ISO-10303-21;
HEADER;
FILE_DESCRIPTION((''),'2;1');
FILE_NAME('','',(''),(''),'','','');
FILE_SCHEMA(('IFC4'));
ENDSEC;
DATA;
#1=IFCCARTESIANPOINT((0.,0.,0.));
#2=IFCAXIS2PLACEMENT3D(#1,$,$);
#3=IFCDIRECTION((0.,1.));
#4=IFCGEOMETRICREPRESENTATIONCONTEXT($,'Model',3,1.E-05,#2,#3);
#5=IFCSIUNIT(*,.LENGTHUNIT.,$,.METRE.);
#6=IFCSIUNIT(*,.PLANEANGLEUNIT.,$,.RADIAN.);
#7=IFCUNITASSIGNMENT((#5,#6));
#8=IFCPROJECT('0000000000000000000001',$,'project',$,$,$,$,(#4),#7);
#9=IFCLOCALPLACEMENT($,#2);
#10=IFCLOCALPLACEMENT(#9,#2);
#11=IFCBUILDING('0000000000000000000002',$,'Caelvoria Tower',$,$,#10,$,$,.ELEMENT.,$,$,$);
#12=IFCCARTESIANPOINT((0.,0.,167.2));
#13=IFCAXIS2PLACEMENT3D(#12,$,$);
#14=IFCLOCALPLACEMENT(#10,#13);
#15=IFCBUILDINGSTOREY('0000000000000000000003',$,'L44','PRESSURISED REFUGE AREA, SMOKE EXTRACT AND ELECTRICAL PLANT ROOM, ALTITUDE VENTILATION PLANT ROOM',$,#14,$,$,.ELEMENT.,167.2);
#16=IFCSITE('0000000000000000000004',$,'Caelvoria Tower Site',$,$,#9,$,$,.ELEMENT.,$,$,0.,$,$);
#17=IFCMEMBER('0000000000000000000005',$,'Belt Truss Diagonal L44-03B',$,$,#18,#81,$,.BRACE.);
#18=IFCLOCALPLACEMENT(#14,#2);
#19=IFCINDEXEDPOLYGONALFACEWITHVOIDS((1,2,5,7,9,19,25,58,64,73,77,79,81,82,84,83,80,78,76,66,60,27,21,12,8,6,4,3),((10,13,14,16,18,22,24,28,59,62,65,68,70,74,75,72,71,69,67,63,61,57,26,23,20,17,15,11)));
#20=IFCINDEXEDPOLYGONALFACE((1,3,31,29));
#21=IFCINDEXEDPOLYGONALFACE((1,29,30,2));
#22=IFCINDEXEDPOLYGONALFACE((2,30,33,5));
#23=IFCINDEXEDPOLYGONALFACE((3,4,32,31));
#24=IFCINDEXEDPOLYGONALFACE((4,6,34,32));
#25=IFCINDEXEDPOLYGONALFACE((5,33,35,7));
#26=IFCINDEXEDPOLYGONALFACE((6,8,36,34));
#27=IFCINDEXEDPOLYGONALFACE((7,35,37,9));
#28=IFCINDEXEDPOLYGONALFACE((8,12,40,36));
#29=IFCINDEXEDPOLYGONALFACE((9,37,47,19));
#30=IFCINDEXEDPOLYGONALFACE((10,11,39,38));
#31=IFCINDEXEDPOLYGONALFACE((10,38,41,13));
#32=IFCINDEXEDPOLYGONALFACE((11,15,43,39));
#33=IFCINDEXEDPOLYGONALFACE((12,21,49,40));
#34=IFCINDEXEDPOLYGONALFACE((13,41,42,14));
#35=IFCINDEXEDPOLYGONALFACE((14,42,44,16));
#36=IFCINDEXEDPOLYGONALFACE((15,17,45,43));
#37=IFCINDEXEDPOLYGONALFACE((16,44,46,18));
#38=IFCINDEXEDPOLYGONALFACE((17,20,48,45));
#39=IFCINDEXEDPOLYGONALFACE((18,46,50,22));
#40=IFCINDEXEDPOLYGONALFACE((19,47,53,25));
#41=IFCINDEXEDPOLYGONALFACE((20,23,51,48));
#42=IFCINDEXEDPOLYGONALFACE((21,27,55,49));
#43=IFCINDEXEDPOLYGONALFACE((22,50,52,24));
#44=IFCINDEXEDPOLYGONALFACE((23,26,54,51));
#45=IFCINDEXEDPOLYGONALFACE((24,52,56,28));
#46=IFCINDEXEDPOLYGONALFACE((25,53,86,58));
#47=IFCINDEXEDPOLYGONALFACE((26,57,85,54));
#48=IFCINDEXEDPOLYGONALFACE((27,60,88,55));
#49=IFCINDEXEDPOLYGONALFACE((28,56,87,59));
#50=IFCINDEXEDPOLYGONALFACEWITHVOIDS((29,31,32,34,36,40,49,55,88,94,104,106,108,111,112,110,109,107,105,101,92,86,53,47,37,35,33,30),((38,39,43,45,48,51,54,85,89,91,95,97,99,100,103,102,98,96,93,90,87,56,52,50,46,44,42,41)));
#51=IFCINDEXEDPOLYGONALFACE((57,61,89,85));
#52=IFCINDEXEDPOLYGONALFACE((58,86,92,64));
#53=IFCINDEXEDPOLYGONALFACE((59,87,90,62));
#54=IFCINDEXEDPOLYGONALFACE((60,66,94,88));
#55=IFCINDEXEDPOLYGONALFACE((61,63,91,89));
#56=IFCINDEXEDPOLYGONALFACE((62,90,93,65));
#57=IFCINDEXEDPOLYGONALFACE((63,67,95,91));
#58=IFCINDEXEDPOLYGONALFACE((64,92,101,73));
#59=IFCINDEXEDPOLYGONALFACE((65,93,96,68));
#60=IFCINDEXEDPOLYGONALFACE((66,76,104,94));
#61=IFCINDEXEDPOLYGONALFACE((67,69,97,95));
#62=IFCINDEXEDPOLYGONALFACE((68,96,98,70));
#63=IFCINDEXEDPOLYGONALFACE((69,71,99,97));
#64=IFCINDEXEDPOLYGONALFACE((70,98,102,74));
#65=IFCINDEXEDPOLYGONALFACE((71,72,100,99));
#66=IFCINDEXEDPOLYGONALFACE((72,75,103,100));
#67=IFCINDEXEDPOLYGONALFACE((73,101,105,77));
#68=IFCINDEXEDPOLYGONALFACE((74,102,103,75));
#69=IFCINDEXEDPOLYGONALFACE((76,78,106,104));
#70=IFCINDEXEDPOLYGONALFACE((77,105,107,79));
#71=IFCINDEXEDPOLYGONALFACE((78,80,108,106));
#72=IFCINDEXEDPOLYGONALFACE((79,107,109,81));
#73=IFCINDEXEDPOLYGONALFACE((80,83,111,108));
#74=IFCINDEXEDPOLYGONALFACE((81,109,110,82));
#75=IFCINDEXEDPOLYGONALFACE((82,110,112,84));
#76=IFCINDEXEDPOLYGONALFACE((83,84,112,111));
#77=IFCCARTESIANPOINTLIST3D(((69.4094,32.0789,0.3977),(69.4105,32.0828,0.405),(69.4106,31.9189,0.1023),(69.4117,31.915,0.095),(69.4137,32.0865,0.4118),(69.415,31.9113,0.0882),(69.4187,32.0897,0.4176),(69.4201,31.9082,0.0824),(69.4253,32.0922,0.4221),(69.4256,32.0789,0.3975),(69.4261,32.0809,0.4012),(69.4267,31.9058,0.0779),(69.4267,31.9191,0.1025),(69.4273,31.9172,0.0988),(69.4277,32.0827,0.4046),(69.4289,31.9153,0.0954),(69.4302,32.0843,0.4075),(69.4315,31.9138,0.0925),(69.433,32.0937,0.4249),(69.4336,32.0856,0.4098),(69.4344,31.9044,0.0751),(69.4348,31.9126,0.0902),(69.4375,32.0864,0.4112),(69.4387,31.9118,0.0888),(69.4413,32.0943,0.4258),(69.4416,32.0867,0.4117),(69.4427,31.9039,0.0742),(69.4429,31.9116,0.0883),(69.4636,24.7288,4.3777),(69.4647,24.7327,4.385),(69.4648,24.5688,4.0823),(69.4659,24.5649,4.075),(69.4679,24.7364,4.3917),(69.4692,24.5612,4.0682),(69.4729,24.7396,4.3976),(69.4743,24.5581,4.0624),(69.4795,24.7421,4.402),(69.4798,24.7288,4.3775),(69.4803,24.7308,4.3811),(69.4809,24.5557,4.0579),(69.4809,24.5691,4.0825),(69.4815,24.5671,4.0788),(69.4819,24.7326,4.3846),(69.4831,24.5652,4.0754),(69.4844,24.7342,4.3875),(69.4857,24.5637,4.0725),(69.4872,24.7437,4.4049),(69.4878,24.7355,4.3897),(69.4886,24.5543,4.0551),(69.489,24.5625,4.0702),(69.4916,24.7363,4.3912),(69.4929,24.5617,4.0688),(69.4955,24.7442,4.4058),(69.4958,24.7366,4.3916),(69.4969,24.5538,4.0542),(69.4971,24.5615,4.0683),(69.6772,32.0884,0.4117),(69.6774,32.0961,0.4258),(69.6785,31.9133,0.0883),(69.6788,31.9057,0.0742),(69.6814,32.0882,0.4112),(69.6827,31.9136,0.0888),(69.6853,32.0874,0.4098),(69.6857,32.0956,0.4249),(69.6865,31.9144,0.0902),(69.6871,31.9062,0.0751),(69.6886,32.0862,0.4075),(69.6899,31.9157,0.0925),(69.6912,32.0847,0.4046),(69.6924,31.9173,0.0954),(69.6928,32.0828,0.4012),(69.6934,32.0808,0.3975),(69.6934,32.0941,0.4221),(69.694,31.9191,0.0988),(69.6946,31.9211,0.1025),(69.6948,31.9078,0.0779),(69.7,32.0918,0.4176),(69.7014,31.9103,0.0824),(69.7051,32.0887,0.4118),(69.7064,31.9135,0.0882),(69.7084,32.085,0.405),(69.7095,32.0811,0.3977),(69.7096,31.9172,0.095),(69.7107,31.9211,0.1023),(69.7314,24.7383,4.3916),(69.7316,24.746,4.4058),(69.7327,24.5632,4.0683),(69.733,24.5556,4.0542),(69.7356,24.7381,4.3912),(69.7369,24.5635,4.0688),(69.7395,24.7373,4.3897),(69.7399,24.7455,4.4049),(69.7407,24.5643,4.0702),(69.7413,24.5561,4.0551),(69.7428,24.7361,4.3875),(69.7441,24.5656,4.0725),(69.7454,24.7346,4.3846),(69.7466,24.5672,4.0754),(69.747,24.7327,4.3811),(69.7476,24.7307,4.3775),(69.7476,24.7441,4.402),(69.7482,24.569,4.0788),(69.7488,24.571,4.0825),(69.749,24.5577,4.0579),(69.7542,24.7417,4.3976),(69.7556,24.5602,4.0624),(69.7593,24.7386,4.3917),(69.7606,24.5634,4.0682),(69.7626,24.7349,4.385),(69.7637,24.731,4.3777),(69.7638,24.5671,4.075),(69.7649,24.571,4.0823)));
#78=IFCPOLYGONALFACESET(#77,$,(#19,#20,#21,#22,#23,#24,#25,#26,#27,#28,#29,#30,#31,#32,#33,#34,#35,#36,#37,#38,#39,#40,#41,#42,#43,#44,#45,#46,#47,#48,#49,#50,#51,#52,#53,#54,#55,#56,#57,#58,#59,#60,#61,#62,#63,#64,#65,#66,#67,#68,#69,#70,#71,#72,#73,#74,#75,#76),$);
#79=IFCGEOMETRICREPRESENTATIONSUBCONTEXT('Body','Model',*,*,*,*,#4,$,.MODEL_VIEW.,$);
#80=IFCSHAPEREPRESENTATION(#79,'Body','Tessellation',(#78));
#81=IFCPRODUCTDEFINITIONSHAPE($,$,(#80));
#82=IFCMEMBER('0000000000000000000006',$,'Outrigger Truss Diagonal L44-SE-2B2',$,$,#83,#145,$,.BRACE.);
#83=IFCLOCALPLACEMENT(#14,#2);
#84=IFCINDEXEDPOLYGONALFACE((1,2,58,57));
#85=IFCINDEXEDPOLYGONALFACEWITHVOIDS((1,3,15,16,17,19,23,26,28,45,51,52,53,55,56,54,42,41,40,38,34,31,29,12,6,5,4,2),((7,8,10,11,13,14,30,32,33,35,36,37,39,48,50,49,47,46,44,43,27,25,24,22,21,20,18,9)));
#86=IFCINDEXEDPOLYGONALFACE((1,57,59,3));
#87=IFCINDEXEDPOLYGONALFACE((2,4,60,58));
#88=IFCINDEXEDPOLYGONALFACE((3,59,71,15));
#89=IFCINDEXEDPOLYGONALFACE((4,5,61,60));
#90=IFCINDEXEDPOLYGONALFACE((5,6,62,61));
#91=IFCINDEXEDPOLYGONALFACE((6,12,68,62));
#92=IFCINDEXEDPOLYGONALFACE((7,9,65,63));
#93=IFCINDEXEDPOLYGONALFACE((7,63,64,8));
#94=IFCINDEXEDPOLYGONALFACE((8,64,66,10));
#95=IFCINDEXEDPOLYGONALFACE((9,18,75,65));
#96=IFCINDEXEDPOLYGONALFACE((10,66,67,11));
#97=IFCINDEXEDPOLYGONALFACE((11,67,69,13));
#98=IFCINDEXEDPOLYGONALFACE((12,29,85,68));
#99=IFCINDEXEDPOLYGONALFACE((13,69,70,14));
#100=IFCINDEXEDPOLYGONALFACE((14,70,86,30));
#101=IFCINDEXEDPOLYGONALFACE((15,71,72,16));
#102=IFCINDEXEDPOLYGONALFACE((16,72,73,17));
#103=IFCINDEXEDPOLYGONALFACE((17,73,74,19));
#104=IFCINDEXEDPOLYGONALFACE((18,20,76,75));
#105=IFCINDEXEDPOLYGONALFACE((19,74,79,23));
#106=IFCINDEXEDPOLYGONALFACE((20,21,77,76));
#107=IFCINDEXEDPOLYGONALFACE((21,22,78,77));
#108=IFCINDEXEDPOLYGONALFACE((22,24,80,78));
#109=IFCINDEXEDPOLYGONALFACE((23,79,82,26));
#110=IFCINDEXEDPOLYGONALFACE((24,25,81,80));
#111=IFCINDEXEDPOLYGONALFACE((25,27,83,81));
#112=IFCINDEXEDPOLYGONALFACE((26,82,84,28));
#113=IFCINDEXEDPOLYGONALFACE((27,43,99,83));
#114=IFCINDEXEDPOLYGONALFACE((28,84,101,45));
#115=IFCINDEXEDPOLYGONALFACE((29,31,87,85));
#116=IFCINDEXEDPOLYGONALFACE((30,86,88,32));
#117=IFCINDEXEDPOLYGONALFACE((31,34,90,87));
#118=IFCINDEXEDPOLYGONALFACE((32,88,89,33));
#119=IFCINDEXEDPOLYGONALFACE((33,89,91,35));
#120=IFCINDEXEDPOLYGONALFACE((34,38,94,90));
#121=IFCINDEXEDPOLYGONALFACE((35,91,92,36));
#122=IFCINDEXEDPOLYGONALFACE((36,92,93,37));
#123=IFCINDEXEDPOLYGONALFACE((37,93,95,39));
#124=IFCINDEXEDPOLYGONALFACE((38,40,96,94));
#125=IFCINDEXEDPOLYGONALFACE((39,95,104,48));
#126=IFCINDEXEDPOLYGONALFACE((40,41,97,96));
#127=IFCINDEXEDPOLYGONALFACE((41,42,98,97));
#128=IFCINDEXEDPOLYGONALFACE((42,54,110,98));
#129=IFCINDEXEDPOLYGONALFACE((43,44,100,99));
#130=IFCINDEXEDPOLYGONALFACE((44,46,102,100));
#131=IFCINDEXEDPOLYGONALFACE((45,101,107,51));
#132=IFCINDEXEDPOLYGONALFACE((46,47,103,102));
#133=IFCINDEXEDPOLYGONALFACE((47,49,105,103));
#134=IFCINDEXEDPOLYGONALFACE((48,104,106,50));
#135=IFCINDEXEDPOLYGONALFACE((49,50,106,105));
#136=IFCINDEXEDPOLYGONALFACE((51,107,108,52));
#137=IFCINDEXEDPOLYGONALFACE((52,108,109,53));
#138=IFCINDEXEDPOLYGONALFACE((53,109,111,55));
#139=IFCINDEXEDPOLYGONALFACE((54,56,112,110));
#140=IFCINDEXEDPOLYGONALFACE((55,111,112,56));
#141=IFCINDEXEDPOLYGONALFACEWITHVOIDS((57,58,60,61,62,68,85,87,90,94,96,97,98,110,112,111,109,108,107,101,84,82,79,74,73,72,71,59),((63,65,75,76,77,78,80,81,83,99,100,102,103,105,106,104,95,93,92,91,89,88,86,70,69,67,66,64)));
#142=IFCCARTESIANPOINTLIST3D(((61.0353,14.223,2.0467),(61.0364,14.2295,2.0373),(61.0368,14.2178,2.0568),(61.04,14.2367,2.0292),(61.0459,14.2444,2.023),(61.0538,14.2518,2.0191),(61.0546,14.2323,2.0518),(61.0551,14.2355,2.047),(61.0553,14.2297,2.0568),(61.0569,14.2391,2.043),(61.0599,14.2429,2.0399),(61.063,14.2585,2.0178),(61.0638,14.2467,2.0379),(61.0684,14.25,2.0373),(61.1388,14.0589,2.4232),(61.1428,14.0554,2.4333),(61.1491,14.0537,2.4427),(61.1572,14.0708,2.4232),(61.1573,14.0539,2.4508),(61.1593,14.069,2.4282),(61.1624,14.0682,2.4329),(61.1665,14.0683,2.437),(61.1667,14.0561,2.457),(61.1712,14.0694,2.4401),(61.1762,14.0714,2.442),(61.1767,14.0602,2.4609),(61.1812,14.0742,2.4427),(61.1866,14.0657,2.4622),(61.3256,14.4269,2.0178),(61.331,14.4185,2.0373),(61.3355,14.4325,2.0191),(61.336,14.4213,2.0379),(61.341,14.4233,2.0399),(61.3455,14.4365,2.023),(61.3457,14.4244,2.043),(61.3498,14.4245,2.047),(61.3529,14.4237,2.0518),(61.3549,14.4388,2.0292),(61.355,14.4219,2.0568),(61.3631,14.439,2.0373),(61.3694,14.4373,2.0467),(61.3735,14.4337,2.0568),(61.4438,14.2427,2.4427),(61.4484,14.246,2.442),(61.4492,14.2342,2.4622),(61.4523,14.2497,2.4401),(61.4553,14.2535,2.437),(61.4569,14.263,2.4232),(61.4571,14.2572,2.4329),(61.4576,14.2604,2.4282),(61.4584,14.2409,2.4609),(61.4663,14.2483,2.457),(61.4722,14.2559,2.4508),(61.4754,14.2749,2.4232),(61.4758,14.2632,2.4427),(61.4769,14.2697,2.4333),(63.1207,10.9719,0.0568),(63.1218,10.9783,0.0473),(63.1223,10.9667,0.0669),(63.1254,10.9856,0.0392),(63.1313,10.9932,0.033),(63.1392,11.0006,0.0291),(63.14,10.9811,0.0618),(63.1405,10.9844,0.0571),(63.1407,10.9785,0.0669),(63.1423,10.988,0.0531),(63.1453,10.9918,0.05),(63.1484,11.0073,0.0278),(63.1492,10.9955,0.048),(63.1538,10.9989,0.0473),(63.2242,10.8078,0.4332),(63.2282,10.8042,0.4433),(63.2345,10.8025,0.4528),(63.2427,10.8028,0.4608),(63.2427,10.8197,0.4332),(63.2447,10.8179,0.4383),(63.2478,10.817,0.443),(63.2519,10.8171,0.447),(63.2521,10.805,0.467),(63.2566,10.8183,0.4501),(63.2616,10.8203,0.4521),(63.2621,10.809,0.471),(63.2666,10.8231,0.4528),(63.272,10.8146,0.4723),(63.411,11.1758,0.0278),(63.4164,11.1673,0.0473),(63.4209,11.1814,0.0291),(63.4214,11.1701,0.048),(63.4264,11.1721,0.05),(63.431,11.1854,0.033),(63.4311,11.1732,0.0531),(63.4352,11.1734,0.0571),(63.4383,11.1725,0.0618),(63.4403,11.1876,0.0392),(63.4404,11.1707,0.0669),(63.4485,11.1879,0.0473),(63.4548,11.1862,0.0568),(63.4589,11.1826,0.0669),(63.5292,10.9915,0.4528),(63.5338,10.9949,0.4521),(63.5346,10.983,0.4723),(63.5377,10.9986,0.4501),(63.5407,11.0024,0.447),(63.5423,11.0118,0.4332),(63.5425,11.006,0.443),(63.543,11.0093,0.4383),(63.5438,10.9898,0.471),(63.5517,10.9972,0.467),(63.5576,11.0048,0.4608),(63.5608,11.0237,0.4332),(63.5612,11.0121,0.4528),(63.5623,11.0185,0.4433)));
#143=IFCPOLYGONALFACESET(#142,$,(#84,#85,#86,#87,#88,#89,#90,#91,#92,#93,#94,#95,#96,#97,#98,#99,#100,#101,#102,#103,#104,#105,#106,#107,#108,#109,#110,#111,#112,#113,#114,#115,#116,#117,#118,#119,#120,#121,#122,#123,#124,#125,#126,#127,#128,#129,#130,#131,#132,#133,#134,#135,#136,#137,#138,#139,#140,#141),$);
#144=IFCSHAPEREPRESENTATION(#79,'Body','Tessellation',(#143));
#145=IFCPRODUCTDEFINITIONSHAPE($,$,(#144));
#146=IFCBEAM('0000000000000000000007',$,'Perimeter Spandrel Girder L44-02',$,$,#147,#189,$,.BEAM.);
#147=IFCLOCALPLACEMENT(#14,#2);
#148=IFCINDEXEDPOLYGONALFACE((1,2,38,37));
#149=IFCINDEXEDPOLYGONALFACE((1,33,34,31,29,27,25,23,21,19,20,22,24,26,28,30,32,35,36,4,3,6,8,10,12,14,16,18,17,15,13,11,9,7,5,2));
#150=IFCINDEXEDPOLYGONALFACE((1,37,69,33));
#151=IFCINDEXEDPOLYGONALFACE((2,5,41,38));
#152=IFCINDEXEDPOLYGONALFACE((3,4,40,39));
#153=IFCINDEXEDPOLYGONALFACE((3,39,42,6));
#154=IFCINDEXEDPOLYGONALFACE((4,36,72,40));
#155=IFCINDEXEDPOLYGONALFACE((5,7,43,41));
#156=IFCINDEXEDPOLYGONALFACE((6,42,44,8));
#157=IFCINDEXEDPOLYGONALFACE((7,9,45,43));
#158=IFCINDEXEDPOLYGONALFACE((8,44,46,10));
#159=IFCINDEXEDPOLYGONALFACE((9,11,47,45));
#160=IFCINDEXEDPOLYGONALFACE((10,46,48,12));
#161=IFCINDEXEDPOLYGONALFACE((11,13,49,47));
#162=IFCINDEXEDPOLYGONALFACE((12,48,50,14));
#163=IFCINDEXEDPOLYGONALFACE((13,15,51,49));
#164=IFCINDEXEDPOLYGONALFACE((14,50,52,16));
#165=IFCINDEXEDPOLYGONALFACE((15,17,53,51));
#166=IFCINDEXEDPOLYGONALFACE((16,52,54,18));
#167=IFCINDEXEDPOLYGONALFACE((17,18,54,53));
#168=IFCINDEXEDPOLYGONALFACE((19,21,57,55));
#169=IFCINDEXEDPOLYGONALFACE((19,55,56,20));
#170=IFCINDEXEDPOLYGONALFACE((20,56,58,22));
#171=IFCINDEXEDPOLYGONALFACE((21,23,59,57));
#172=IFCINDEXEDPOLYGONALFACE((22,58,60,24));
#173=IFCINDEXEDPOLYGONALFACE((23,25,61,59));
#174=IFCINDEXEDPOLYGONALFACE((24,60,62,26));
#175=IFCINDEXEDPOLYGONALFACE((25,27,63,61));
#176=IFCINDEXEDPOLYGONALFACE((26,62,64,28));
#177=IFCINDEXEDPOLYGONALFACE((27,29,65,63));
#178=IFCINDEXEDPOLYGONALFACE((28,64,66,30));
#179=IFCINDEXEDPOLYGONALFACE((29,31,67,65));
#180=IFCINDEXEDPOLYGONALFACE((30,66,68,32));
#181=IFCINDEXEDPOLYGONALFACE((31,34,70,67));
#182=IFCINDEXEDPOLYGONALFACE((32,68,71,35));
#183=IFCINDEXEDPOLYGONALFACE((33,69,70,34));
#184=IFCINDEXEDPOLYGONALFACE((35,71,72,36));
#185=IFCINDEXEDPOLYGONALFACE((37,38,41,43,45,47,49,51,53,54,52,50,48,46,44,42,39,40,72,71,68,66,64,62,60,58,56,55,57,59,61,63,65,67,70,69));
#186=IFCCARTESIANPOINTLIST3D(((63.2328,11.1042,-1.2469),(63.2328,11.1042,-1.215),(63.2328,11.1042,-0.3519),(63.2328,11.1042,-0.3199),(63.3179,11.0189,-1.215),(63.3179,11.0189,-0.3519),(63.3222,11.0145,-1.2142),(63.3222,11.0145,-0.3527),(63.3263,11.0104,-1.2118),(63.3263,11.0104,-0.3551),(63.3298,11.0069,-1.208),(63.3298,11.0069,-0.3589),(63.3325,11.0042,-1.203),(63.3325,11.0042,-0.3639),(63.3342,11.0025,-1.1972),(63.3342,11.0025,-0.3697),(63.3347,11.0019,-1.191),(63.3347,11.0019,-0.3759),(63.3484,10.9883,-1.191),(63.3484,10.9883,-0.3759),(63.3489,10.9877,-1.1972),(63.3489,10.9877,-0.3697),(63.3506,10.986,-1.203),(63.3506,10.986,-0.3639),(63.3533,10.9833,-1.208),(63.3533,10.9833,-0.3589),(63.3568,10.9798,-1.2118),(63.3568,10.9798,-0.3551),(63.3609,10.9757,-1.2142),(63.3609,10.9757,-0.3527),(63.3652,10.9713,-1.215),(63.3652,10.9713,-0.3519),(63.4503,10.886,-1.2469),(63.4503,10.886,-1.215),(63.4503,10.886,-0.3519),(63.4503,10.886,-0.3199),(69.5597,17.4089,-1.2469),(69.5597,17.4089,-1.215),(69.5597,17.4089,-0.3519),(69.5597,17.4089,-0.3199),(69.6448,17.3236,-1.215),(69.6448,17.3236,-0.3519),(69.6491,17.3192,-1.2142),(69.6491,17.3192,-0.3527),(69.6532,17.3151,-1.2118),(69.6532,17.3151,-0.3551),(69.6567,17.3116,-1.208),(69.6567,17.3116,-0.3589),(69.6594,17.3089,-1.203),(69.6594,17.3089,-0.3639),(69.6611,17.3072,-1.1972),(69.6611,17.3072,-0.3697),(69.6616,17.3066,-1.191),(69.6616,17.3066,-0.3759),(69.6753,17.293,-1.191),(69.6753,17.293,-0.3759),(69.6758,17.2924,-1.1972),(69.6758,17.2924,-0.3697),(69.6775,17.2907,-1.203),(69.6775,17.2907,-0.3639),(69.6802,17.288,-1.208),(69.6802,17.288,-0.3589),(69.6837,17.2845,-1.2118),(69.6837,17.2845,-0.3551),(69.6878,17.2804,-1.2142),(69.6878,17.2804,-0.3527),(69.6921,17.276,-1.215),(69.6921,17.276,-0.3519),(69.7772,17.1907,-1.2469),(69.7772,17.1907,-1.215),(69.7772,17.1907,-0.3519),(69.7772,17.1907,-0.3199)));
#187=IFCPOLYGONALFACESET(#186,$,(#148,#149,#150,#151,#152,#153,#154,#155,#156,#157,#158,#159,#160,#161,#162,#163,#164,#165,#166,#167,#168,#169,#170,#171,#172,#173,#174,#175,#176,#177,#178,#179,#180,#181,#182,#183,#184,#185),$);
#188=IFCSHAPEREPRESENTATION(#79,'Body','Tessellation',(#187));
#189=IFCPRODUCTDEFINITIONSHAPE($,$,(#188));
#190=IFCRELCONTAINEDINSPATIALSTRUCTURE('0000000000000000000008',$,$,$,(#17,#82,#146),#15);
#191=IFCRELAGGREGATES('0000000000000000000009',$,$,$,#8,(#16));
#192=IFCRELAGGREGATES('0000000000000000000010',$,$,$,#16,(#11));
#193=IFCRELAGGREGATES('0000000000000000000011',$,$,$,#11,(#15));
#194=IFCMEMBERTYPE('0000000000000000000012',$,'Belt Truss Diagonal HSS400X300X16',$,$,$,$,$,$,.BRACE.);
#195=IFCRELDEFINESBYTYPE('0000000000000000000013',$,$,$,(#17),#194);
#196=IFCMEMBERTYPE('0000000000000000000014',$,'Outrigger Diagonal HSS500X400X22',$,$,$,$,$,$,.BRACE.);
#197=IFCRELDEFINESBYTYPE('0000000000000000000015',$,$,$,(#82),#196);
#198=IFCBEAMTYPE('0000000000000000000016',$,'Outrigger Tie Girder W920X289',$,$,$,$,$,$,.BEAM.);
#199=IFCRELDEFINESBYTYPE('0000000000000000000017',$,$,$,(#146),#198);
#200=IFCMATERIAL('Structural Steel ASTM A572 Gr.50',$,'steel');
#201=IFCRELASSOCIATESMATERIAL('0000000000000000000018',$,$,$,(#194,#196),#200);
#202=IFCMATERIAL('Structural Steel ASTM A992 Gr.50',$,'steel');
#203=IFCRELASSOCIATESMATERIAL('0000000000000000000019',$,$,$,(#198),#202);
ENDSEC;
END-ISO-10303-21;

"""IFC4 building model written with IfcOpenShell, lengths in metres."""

from ifc_helpers import new_model, si_unit, direction, frame, origin, origin_2d, place, context, subcontext, project, spatial, hollow_rectangle, i_section, extrude, material, material_profile, profile_set, type_object, element, save


model = new_model("IFC4")

# Units and contexts
model_context = context("Model", 3, precision=1e-05, world=origin(), true_north=direction((0.0, 1.0)))
body_context = subcontext(model_context, "Body", "Model", "MODEL_VIEW")
ifc_project = project(units=[si_unit("LENGTHUNIT", "METRE"), si_unit("PLANEANGLEUNIT", "RADIAN")], contexts=[model_context])

# Site, building, storey
site_placement = place(None, origin())
site = spatial("IfcSite", under=ifc_project, at=site_placement, Name="Caelvoria Tower Site", CompositionType="ELEMENT", RefElevation=0.0)
building_placement = place(site_placement, origin())
building = spatial("IfcBuilding", under=site, at=building_placement, Name="Caelvoria Tower", CompositionType="ELEMENT")
storey_placement = place(building_placement, frame((0.0, 0.0, 167.2)))
storey = spatial("IfcBuildingStorey", under=building, at=storey_placement, Name="L44", Description="PRESSURISED REFUGE AREA, SMOKE EXTRACT AND ELECTRICAL PLANT ROOM, ALTITUDE VENTILATION PLANT ROOM", CompositionType="ELEMENT", Elevation=167.2)

# Shared definitions
ifc_material_1 = material(Name="Structural Steel ASTM A572 Gr.50", Category="steel")
ifc_material_2 = material(Name="Structural Steel ASTM A992 Gr.50", Category="steel")

# Members
ifc_material_profile_1 = material_profile(ifc_material_1, hollow_rectangle(XDim=0.3, YDim=0.3999, WallThickness=0.0161, InnerFilletRadius=0.0161, OuterFilletRadius=0.032, at=origin_2d()), Name="Structural Steel ASTM A572 Gr.50")
ifc_profile_set_1 = profile_set([ifc_material_profile_1], Name="HSS400X300X16 - Structural Steel ASTM A572 Gr.50")
member_type_1 = type_object("IfcMemberType", Name="Belt Truss Diagonal HSS400X300X16", PredefinedType="BRACE", material=ifc_profile_set_1)
for number, where, z_axis, x_axis, name in (
    (1, (69.6143, 24.6499, 4.23), (-0.006484, 0.87934, -0.476151), (-0.999973, -0.007374, 0.0), "Belt Truss Diagonal L44-03B"),
):
    element("IfcMember", number, at=place(storey_placement, frame(where, z_axis=z_axis, x_axis=x_axis)), inside=storey, type_object=member_type_1, Name=name, PredefinedType="BRACE", context=body_context, shape_type="SweptSolid", body=[
        extrude(hollow_rectangle(XDim=0.3, YDim=0.3999, WallThickness=0.0161, InnerFilletRadius=0.0161, OuterFilletRadius=0.032, at=origin_2d()), origin(), (0.0, 0.0, 1.0), 8.3586),
    ])
ifc_material_profile_2 = material_profile(ifc_material_1, hollow_rectangle(XDim=0.3999, YDim=0.5, WallThickness=0.022, InnerFilletRadius=0.022, OuterFilletRadius=0.0439, at=origin_2d()), Name="Structural Steel ASTM A572 Gr.50")
ifc_profile_set_2 = profile_set([ifc_material_profile_2], Name="HSS500X400X22 - Structural Steel ASTM A572 Gr.50")
member_type_2 = type_object("IfcMemberType", Name="Outrigger Diagonal HSS500X400X22", PredefinedType="BRACE", material=ifc_profile_set_2)
member_1_placement = place(storey_placement, frame((61.2561, 14.2463, 2.24), z_axis=(0.479958, -0.748256, -0.457989), x_axis=(0.841722, 0.539911, 0.0)))
element("IfcMember", 2, at=member_1_placement, inside=storey, type_object=member_type_2, Name="Outrigger Truss Diagonal L44-SE-2B2", PredefinedType="BRACE", context=body_context, shape_type="SweptSolid", body=[
    extrude(hollow_rectangle(XDim=0.3999, YDim=0.5, WallThickness=0.022, InnerFilletRadius=0.022, OuterFilletRadius=0.0439, at=origin_2d()), origin(), (0.0, 0.0, 1.0), 4.345),
])

# Beam
ifc_material_profile_3 = material_profile(ifc_material_2, i_section(OverallWidth=0.3081, OverallDepth=0.927, WebThickness=0.0193, FlangeThickness=0.032, FilletRadius=0.0239, at=origin_2d()), Name="Structural Steel ASTM A992 Gr.50")
ifc_profile_set_3 = profile_set([ifc_material_profile_3], Name="W920X289 - Structural Steel ASTM A992 Gr.50")
beam_type_1 = type_object("IfcBeamType", Name="Outrigger Tie Girder W920X289", PredefinedType="BEAM", material=ifc_profile_set_3)
beam_1_placement = place(storey_placement, frame((63.3416, 10.9951, -0.7834), z_axis=(0.708349, 0.705862, 0.0), x_axis=(-0.705862, 0.708349, 0.0)))
element("IfcBeam", 3, at=beam_1_placement, inside=storey, type_object=beam_type_1, Name="Perimeter Spandrel Girder L44-02", PredefinedType="BEAM", context=body_context, shape_type="SweptSolid", body=[
    extrude(i_section(OverallWidth=0.3081, OverallDepth=0.927, WebThickness=0.0193, FlangeThickness=0.032, FilletRadius=0.0239, at=origin_2d()), origin(), (0.0, 0.0, 1.0), 8.9319),
])

save(model, "model.ifc")
